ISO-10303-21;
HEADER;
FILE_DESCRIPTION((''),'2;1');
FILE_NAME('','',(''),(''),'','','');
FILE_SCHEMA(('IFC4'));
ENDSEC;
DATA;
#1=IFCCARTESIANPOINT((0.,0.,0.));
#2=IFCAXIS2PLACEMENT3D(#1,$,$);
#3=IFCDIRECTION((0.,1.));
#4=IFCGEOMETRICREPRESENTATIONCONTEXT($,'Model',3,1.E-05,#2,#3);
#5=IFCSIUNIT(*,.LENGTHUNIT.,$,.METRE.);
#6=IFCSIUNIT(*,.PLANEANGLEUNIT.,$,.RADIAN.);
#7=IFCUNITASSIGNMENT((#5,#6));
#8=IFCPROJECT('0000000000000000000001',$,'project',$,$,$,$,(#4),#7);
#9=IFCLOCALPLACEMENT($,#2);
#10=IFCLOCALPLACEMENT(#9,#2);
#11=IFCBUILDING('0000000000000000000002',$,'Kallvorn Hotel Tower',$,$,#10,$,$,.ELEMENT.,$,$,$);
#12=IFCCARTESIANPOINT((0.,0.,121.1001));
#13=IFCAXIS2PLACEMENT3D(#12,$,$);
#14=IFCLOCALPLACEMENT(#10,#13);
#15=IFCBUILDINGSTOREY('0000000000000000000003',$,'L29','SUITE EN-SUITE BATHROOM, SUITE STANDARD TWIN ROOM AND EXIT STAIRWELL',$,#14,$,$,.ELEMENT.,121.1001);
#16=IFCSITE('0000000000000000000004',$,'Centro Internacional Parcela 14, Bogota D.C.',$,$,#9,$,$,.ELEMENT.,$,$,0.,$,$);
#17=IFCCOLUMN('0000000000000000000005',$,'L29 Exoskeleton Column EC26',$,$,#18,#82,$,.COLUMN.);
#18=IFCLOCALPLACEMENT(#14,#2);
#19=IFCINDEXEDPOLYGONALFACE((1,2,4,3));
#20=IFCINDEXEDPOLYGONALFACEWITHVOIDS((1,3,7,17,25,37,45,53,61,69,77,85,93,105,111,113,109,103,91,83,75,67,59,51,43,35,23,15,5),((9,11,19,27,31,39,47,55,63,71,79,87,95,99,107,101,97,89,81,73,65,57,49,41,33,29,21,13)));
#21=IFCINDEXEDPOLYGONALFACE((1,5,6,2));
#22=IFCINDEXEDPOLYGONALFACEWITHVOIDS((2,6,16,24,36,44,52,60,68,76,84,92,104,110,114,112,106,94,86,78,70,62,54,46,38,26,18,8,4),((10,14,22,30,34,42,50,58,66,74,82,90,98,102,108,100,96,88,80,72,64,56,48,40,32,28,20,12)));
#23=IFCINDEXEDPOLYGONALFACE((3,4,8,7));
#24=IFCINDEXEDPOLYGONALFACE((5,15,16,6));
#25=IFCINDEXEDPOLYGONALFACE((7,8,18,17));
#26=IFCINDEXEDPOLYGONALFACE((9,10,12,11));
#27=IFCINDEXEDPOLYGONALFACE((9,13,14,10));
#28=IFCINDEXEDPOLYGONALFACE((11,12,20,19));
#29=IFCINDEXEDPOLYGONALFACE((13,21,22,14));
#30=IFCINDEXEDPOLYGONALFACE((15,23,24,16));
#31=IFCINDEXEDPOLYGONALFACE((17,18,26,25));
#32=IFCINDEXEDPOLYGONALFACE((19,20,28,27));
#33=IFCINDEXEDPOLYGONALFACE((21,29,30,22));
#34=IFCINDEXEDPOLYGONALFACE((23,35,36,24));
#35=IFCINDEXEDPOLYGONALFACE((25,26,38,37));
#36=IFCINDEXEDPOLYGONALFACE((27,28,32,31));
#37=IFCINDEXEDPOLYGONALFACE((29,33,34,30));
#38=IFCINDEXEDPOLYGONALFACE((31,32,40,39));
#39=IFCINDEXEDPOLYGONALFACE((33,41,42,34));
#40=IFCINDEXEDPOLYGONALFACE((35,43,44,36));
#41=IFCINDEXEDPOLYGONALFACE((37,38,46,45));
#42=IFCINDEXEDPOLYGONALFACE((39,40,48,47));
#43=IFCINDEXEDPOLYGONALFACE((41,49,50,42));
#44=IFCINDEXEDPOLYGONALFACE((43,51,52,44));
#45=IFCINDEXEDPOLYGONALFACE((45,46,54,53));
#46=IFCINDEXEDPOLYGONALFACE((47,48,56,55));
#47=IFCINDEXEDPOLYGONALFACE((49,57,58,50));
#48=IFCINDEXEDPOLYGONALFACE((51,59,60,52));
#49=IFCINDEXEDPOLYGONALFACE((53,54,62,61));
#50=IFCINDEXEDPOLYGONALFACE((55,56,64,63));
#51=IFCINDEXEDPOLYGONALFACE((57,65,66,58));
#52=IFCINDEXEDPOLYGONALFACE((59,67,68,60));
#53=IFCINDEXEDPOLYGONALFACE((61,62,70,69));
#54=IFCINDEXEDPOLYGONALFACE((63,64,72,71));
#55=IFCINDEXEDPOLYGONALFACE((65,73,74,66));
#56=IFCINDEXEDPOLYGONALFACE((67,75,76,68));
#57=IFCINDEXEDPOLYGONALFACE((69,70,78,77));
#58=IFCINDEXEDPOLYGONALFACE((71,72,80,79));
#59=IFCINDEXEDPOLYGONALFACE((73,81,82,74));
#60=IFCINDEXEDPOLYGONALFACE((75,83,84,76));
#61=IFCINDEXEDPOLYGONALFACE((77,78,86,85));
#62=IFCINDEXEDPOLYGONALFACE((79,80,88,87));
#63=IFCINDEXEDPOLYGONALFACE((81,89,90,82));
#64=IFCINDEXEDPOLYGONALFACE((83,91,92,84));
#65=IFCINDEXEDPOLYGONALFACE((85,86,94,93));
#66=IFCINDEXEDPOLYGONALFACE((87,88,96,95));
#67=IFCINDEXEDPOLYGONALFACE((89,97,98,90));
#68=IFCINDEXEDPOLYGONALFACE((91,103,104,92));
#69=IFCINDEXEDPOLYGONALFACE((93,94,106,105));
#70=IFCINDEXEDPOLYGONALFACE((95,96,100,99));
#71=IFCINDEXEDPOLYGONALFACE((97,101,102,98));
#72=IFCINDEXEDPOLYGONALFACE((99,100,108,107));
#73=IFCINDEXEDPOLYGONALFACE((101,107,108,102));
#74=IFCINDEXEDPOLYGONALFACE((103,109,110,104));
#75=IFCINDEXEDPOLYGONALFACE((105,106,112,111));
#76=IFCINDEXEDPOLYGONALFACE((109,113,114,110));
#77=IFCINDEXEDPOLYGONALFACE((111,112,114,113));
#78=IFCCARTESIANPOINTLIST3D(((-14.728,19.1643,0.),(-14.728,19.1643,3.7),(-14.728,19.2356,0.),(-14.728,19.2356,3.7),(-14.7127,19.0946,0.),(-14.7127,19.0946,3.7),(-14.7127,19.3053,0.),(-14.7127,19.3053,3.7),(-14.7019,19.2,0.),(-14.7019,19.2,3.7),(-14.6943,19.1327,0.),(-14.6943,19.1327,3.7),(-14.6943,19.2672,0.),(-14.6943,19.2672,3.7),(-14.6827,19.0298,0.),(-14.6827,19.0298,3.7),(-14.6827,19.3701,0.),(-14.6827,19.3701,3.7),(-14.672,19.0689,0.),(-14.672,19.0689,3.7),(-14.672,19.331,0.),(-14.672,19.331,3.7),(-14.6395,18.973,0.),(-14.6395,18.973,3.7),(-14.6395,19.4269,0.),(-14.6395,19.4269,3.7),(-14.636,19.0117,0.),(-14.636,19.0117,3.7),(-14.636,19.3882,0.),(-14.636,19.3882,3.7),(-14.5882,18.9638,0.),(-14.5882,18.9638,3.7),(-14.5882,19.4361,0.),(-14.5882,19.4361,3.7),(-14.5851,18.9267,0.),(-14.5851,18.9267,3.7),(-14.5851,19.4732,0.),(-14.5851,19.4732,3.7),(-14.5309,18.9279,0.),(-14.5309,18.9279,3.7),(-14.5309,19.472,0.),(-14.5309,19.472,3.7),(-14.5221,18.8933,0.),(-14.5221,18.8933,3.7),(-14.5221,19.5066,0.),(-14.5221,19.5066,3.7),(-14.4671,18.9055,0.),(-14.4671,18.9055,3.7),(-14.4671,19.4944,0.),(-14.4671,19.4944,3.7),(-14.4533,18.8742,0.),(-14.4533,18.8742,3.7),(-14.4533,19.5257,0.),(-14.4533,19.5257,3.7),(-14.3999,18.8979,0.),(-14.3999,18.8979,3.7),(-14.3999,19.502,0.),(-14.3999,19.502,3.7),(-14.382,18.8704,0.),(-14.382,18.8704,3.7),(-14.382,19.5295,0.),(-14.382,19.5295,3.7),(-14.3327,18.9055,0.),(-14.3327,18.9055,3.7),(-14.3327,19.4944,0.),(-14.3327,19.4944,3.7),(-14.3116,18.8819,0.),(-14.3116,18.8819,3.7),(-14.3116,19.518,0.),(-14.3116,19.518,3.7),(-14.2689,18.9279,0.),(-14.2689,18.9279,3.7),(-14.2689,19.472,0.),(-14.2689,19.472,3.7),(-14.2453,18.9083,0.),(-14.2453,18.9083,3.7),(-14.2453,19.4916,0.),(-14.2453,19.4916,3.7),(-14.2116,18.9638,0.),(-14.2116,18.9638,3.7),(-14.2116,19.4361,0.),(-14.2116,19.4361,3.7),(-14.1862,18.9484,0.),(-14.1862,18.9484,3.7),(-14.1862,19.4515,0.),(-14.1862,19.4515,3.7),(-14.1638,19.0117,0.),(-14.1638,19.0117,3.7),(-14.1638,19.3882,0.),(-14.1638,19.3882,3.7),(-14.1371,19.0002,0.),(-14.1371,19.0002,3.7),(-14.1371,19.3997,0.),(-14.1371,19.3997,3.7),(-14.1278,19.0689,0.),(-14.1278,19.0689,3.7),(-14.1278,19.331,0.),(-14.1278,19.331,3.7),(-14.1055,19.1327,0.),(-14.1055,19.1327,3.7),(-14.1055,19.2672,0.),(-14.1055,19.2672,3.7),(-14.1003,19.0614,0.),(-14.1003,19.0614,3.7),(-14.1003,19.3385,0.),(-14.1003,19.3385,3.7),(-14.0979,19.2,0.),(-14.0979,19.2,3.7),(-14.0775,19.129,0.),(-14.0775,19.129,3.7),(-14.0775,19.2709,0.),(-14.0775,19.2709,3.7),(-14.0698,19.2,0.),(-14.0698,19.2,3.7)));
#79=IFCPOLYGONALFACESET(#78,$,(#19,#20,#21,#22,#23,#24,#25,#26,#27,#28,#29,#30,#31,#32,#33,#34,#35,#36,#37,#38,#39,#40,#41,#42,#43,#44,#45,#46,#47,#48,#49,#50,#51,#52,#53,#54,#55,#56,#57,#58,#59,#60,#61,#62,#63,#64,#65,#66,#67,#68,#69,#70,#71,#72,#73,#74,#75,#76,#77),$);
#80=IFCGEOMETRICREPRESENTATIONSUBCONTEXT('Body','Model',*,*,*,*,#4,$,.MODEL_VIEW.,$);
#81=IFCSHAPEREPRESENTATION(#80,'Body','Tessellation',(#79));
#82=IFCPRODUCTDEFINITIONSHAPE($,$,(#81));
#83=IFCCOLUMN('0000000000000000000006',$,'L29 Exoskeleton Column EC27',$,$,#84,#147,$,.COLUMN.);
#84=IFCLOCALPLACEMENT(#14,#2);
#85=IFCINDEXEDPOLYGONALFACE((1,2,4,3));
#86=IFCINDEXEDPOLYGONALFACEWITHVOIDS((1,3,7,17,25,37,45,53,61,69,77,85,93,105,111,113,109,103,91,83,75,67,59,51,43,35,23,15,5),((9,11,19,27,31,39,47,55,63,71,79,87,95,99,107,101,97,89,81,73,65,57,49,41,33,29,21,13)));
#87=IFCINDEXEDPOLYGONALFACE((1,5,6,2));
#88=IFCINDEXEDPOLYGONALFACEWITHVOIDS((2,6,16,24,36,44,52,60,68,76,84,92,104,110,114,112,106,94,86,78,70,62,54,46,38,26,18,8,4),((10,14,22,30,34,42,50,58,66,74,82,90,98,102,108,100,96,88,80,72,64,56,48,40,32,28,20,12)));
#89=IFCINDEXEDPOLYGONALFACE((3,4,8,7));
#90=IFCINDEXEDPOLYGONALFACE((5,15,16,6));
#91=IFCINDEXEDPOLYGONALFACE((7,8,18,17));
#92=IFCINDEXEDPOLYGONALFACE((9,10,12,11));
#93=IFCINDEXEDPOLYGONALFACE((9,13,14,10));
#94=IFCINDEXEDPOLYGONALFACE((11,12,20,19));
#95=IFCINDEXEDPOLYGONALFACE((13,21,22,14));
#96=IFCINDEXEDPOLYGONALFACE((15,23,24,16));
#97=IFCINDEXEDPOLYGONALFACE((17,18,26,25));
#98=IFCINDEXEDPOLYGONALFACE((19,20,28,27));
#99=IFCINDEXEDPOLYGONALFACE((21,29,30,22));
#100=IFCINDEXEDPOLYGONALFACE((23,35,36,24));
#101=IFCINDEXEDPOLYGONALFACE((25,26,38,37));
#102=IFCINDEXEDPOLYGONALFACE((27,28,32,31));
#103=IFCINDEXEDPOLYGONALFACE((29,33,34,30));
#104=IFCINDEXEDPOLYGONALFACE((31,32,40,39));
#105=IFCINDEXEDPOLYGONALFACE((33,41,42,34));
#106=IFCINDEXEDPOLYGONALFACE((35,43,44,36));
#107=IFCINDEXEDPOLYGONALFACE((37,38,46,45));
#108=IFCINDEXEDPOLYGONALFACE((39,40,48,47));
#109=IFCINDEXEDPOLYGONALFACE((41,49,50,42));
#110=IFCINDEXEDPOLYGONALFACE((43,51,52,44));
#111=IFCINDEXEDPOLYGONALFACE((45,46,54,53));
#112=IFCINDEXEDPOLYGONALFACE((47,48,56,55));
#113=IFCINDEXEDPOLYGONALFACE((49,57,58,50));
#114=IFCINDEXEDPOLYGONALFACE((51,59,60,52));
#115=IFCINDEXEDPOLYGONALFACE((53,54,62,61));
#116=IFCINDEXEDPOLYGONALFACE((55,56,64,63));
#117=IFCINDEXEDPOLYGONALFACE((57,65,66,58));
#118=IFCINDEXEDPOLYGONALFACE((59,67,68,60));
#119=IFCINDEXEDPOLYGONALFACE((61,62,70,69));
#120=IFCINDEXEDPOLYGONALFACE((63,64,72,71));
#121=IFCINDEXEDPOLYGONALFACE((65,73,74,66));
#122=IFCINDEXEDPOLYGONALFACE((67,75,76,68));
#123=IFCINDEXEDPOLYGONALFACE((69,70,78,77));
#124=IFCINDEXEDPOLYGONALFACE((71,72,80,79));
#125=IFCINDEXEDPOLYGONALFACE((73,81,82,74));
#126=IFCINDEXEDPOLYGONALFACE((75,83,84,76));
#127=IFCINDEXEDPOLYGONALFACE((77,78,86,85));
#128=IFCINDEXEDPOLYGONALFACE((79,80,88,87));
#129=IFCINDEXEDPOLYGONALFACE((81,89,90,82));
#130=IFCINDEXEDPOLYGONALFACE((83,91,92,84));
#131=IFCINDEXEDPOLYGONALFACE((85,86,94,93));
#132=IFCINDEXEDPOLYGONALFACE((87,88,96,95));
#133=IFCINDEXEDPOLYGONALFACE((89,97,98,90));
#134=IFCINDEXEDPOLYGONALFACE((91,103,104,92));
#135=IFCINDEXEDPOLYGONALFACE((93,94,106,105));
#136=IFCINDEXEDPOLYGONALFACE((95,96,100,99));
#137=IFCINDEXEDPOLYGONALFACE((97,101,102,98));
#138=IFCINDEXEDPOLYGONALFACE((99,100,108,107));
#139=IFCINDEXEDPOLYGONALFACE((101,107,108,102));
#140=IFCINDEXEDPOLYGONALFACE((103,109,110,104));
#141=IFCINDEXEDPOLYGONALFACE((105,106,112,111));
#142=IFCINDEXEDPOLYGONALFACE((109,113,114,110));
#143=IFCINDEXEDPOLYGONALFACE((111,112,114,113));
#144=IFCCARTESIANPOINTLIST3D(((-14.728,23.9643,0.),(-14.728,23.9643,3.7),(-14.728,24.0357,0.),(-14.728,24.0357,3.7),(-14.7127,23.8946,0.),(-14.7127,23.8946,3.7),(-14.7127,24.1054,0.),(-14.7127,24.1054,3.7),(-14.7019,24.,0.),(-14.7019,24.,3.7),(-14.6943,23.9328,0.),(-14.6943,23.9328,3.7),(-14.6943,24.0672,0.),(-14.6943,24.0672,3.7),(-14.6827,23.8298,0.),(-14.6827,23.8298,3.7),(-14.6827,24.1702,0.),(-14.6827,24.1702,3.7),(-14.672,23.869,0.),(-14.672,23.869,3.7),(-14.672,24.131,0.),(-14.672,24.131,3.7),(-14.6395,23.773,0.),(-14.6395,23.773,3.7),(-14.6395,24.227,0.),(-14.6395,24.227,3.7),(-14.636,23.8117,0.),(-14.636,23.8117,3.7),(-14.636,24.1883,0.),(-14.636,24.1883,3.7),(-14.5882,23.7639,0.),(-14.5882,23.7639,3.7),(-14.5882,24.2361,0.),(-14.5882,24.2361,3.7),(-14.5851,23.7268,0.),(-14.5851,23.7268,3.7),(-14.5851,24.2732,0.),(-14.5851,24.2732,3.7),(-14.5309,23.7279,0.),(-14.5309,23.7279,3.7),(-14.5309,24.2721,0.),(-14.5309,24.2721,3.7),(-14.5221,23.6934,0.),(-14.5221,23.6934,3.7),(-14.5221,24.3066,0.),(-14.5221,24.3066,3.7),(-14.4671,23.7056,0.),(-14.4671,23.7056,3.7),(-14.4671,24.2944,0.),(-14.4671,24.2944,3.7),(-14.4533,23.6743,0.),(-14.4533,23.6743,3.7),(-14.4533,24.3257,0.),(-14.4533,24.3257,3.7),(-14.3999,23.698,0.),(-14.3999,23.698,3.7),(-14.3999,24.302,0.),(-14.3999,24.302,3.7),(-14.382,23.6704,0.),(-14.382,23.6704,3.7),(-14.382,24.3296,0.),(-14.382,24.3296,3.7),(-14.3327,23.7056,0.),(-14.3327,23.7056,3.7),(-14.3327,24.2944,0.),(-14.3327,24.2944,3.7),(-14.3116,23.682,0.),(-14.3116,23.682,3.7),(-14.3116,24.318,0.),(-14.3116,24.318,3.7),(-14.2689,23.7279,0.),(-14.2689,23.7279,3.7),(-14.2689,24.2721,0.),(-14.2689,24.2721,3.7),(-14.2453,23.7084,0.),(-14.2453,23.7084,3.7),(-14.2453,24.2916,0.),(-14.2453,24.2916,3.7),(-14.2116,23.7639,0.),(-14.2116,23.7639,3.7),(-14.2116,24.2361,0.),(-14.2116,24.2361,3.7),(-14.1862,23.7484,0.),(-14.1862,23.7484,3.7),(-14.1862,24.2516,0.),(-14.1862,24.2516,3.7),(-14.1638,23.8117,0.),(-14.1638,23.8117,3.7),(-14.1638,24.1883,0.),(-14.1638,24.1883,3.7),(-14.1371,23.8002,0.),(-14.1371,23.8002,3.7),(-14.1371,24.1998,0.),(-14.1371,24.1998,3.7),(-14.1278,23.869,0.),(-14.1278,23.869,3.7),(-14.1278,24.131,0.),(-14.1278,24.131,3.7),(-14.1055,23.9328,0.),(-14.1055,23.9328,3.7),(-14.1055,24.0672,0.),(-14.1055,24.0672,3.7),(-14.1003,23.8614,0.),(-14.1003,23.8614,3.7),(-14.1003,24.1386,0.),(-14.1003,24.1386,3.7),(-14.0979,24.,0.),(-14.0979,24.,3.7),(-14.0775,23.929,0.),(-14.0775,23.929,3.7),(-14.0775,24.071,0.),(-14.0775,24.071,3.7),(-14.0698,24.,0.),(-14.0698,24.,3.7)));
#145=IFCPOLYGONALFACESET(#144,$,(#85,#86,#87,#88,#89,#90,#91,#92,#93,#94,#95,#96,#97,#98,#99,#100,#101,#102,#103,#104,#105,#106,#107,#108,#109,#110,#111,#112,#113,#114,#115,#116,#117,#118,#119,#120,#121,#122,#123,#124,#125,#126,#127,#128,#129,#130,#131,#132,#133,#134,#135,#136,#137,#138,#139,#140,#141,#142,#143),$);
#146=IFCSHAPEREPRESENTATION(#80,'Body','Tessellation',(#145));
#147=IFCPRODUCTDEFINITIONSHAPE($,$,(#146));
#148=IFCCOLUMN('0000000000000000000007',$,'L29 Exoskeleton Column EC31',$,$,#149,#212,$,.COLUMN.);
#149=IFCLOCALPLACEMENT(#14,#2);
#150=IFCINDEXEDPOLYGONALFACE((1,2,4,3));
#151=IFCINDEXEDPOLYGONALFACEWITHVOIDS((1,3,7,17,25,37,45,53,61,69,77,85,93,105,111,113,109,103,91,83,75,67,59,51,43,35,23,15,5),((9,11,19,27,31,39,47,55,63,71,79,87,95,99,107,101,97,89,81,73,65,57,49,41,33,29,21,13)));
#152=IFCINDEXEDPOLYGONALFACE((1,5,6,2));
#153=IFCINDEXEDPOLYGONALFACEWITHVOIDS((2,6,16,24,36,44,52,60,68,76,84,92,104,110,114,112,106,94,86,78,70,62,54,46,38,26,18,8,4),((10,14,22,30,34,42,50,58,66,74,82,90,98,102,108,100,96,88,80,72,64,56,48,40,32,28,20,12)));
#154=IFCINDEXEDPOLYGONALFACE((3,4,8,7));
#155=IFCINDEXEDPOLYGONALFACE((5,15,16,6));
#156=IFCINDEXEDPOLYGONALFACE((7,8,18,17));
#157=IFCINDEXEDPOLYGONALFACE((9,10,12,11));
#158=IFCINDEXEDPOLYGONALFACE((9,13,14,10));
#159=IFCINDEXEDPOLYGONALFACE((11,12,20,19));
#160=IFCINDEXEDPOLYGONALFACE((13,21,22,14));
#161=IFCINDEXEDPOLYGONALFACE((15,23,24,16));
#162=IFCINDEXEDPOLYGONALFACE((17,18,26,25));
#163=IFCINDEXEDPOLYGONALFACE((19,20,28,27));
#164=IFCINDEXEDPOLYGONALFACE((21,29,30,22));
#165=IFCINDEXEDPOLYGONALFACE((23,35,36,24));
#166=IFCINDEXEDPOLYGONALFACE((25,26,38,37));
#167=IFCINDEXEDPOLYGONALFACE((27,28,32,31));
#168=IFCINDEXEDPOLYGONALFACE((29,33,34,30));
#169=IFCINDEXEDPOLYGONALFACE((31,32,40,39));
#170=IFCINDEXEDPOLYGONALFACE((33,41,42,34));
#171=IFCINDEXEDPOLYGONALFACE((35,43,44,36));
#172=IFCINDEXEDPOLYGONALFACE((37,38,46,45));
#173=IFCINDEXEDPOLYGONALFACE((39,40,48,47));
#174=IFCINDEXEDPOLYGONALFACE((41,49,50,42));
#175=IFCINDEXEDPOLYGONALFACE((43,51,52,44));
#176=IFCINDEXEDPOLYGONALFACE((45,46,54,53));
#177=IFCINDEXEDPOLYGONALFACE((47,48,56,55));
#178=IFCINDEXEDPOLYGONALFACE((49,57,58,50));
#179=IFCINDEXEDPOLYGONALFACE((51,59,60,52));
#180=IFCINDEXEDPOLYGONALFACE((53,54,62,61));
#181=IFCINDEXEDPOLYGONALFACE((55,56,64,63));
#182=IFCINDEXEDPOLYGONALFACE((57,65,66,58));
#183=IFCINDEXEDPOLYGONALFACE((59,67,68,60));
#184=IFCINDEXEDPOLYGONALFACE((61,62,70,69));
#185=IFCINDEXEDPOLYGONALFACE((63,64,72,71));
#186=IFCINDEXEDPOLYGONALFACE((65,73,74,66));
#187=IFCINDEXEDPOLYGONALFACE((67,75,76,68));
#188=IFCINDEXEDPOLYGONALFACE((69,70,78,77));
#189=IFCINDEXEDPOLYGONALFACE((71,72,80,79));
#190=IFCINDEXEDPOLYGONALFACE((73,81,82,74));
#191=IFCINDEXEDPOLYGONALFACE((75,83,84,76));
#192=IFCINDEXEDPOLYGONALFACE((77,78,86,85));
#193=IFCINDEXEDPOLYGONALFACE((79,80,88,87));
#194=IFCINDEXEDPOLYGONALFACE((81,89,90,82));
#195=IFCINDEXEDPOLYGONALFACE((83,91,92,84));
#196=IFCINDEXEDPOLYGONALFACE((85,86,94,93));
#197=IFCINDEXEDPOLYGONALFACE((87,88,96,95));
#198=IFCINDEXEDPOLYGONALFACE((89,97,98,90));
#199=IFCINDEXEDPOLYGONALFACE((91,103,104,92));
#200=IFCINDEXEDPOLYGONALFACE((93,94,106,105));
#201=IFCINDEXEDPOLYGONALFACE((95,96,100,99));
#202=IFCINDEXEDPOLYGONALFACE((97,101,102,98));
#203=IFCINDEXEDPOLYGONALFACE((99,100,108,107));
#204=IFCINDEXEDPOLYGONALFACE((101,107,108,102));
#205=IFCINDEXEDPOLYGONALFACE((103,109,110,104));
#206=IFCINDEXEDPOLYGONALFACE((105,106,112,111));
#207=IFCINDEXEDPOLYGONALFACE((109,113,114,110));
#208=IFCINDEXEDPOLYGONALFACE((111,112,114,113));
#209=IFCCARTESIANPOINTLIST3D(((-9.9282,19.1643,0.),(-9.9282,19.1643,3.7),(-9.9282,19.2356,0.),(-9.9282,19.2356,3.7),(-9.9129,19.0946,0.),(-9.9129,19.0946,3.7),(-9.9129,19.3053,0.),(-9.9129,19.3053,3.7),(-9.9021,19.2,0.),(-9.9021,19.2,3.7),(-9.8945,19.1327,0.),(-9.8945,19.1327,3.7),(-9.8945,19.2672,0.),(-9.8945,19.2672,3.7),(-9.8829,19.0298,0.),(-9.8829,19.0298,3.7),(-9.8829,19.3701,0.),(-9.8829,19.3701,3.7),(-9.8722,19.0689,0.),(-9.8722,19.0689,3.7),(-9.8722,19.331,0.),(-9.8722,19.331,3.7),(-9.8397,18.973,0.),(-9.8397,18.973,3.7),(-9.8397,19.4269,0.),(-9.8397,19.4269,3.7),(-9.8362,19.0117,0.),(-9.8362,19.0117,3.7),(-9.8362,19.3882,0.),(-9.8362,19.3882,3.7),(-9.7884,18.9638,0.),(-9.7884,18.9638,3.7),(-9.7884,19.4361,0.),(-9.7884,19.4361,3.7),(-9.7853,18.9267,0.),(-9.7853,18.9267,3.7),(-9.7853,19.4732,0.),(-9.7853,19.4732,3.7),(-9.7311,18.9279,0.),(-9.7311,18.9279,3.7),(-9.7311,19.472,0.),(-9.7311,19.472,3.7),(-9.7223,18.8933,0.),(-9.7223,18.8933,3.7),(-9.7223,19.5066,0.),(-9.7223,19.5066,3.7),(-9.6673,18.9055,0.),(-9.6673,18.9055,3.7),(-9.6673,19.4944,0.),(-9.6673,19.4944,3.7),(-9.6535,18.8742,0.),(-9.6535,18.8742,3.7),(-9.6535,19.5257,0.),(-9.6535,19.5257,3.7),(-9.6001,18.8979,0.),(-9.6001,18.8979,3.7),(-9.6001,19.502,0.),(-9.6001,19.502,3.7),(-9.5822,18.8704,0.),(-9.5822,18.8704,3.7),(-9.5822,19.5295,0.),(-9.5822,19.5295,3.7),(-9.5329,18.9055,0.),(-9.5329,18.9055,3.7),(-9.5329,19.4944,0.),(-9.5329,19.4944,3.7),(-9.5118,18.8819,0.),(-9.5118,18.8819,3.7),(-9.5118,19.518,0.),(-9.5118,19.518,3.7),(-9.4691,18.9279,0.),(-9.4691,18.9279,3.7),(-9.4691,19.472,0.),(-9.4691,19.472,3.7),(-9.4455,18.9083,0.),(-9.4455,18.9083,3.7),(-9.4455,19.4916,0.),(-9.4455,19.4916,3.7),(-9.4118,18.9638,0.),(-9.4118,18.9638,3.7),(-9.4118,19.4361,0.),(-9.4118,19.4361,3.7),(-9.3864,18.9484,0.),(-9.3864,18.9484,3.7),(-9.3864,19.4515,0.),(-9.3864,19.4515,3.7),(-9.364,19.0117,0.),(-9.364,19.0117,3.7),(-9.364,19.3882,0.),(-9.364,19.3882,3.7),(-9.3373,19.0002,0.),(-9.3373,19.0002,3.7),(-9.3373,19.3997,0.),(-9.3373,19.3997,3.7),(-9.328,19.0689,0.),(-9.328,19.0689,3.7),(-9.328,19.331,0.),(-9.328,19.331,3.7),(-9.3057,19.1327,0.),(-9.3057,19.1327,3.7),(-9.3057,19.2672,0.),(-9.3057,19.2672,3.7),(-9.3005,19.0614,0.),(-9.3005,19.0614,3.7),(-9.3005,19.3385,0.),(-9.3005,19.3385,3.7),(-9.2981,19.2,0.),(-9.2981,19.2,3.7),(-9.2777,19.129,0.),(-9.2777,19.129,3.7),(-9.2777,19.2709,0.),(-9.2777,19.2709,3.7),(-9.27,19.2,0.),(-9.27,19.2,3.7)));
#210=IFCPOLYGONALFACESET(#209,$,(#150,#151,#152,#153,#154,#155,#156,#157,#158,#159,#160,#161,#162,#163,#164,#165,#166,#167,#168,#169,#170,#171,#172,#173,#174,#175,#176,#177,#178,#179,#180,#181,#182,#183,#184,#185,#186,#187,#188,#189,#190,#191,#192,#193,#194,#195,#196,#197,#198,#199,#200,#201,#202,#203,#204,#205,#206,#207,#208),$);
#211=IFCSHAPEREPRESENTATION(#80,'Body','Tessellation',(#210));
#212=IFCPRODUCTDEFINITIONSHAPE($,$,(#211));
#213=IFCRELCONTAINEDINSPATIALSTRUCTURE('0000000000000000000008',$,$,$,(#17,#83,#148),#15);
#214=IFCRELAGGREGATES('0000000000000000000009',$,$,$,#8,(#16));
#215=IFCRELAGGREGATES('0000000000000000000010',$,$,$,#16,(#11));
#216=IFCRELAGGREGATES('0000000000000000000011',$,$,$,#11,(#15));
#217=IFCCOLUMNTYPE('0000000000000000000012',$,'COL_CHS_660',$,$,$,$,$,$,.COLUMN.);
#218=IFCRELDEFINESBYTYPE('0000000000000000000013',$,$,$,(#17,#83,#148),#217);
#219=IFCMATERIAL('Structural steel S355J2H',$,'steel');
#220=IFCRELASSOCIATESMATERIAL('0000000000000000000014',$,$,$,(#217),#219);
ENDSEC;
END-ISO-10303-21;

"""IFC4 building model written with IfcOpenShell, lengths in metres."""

from ifc_helpers import new_model, si_unit, direction, frame, origin, origin_2d, place, context, subcontext, project, spatial, hollow_circle, extrude, material, material_profile, profile_set, type_object, element, save


model = new_model("IFC4")

# Units and contexts
model_context = context("Model", 3, precision=1e-05, world=origin(), true_north=direction((0.0, 1.0)))
body_context = subcontext(model_context, "Body", "Model", "MODEL_VIEW")
ifc_project = project(units=[si_unit("LENGTHUNIT", "METRE"), si_unit("PLANEANGLEUNIT", "RADIAN")], contexts=[model_context])

# Site, building, storey
site_placement = place(None, origin())
site = spatial("IfcSite", under=ifc_project, at=site_placement, Name="Centro Internacional Parcela 14, Bogota D.C.", CompositionType="ELEMENT", RefElevation=0.0)
building_placement = place(site_placement, origin())
building = spatial("IfcBuilding", under=site, at=building_placement, Name="Kallvorn Hotel Tower", CompositionType="ELEMENT")
storey_placement = place(building_placement, frame((0.0, 0.0, 121.1001)))
storey = spatial("IfcBuildingStorey", under=building, at=storey_placement, Name="L29", Description="SUITE EN-SUITE BATHROOM, SUITE STANDARD TWIN ROOM AND EXIT STAIRWELL", CompositionType="ELEMENT", Elevation=121.1001)

# Columns
ifc_material_1 = material(Name="Structural steel S355J2H", Category="steel")
ifc_material_profile_1 = material_profile(ifc_material_1, hollow_circle(Radius=0.3301, WallThickness=0.0281, at=origin_2d()), Name="CHS 660x28")
ifc_profile_set_1 = profile_set([ifc_material_profile_1], Name="Structural steel S355J2H")
column_type_1 = type_object("IfcColumnType", Name="COL_CHS_660", PredefinedType="COLUMN", material=ifc_profile_set_1)
for number, where, z_axis, x_axis, name in (
    (1, (-14.3999, 19.2, 0.0), (0.0, 0.0, 1.0), (1.0, 0.0, 0.0), "L29 Exoskeleton Column EC26"),
    (2, (-14.3999, 24.0, 0.0), (0.0, 0.0, 1.0), (1.0, 0.0, 0.0), "L29 Exoskeleton Column EC27"),
    (3, (-9.6001, 19.2, 0.0), (0.0, 0.0, 1.0), (1.0, 0.0, 0.0), "L29 Exoskeleton Column EC31"),
):
    element("IfcColumn", number, at=place(storey_placement, frame(where, z_axis=z_axis, x_axis=x_axis)), inside=storey, type_object=column_type_1, Name=name, PredefinedType="COLUMN", context=body_context, shape_type="SweptSolid", body=[
        extrude(hollow_circle(Radius=0.3301, WallThickness=0.0281, at=origin_2d()), origin(), (0.0, 0.0, 1.0), 3.7),
    ])

save(model, "model.ifc")
